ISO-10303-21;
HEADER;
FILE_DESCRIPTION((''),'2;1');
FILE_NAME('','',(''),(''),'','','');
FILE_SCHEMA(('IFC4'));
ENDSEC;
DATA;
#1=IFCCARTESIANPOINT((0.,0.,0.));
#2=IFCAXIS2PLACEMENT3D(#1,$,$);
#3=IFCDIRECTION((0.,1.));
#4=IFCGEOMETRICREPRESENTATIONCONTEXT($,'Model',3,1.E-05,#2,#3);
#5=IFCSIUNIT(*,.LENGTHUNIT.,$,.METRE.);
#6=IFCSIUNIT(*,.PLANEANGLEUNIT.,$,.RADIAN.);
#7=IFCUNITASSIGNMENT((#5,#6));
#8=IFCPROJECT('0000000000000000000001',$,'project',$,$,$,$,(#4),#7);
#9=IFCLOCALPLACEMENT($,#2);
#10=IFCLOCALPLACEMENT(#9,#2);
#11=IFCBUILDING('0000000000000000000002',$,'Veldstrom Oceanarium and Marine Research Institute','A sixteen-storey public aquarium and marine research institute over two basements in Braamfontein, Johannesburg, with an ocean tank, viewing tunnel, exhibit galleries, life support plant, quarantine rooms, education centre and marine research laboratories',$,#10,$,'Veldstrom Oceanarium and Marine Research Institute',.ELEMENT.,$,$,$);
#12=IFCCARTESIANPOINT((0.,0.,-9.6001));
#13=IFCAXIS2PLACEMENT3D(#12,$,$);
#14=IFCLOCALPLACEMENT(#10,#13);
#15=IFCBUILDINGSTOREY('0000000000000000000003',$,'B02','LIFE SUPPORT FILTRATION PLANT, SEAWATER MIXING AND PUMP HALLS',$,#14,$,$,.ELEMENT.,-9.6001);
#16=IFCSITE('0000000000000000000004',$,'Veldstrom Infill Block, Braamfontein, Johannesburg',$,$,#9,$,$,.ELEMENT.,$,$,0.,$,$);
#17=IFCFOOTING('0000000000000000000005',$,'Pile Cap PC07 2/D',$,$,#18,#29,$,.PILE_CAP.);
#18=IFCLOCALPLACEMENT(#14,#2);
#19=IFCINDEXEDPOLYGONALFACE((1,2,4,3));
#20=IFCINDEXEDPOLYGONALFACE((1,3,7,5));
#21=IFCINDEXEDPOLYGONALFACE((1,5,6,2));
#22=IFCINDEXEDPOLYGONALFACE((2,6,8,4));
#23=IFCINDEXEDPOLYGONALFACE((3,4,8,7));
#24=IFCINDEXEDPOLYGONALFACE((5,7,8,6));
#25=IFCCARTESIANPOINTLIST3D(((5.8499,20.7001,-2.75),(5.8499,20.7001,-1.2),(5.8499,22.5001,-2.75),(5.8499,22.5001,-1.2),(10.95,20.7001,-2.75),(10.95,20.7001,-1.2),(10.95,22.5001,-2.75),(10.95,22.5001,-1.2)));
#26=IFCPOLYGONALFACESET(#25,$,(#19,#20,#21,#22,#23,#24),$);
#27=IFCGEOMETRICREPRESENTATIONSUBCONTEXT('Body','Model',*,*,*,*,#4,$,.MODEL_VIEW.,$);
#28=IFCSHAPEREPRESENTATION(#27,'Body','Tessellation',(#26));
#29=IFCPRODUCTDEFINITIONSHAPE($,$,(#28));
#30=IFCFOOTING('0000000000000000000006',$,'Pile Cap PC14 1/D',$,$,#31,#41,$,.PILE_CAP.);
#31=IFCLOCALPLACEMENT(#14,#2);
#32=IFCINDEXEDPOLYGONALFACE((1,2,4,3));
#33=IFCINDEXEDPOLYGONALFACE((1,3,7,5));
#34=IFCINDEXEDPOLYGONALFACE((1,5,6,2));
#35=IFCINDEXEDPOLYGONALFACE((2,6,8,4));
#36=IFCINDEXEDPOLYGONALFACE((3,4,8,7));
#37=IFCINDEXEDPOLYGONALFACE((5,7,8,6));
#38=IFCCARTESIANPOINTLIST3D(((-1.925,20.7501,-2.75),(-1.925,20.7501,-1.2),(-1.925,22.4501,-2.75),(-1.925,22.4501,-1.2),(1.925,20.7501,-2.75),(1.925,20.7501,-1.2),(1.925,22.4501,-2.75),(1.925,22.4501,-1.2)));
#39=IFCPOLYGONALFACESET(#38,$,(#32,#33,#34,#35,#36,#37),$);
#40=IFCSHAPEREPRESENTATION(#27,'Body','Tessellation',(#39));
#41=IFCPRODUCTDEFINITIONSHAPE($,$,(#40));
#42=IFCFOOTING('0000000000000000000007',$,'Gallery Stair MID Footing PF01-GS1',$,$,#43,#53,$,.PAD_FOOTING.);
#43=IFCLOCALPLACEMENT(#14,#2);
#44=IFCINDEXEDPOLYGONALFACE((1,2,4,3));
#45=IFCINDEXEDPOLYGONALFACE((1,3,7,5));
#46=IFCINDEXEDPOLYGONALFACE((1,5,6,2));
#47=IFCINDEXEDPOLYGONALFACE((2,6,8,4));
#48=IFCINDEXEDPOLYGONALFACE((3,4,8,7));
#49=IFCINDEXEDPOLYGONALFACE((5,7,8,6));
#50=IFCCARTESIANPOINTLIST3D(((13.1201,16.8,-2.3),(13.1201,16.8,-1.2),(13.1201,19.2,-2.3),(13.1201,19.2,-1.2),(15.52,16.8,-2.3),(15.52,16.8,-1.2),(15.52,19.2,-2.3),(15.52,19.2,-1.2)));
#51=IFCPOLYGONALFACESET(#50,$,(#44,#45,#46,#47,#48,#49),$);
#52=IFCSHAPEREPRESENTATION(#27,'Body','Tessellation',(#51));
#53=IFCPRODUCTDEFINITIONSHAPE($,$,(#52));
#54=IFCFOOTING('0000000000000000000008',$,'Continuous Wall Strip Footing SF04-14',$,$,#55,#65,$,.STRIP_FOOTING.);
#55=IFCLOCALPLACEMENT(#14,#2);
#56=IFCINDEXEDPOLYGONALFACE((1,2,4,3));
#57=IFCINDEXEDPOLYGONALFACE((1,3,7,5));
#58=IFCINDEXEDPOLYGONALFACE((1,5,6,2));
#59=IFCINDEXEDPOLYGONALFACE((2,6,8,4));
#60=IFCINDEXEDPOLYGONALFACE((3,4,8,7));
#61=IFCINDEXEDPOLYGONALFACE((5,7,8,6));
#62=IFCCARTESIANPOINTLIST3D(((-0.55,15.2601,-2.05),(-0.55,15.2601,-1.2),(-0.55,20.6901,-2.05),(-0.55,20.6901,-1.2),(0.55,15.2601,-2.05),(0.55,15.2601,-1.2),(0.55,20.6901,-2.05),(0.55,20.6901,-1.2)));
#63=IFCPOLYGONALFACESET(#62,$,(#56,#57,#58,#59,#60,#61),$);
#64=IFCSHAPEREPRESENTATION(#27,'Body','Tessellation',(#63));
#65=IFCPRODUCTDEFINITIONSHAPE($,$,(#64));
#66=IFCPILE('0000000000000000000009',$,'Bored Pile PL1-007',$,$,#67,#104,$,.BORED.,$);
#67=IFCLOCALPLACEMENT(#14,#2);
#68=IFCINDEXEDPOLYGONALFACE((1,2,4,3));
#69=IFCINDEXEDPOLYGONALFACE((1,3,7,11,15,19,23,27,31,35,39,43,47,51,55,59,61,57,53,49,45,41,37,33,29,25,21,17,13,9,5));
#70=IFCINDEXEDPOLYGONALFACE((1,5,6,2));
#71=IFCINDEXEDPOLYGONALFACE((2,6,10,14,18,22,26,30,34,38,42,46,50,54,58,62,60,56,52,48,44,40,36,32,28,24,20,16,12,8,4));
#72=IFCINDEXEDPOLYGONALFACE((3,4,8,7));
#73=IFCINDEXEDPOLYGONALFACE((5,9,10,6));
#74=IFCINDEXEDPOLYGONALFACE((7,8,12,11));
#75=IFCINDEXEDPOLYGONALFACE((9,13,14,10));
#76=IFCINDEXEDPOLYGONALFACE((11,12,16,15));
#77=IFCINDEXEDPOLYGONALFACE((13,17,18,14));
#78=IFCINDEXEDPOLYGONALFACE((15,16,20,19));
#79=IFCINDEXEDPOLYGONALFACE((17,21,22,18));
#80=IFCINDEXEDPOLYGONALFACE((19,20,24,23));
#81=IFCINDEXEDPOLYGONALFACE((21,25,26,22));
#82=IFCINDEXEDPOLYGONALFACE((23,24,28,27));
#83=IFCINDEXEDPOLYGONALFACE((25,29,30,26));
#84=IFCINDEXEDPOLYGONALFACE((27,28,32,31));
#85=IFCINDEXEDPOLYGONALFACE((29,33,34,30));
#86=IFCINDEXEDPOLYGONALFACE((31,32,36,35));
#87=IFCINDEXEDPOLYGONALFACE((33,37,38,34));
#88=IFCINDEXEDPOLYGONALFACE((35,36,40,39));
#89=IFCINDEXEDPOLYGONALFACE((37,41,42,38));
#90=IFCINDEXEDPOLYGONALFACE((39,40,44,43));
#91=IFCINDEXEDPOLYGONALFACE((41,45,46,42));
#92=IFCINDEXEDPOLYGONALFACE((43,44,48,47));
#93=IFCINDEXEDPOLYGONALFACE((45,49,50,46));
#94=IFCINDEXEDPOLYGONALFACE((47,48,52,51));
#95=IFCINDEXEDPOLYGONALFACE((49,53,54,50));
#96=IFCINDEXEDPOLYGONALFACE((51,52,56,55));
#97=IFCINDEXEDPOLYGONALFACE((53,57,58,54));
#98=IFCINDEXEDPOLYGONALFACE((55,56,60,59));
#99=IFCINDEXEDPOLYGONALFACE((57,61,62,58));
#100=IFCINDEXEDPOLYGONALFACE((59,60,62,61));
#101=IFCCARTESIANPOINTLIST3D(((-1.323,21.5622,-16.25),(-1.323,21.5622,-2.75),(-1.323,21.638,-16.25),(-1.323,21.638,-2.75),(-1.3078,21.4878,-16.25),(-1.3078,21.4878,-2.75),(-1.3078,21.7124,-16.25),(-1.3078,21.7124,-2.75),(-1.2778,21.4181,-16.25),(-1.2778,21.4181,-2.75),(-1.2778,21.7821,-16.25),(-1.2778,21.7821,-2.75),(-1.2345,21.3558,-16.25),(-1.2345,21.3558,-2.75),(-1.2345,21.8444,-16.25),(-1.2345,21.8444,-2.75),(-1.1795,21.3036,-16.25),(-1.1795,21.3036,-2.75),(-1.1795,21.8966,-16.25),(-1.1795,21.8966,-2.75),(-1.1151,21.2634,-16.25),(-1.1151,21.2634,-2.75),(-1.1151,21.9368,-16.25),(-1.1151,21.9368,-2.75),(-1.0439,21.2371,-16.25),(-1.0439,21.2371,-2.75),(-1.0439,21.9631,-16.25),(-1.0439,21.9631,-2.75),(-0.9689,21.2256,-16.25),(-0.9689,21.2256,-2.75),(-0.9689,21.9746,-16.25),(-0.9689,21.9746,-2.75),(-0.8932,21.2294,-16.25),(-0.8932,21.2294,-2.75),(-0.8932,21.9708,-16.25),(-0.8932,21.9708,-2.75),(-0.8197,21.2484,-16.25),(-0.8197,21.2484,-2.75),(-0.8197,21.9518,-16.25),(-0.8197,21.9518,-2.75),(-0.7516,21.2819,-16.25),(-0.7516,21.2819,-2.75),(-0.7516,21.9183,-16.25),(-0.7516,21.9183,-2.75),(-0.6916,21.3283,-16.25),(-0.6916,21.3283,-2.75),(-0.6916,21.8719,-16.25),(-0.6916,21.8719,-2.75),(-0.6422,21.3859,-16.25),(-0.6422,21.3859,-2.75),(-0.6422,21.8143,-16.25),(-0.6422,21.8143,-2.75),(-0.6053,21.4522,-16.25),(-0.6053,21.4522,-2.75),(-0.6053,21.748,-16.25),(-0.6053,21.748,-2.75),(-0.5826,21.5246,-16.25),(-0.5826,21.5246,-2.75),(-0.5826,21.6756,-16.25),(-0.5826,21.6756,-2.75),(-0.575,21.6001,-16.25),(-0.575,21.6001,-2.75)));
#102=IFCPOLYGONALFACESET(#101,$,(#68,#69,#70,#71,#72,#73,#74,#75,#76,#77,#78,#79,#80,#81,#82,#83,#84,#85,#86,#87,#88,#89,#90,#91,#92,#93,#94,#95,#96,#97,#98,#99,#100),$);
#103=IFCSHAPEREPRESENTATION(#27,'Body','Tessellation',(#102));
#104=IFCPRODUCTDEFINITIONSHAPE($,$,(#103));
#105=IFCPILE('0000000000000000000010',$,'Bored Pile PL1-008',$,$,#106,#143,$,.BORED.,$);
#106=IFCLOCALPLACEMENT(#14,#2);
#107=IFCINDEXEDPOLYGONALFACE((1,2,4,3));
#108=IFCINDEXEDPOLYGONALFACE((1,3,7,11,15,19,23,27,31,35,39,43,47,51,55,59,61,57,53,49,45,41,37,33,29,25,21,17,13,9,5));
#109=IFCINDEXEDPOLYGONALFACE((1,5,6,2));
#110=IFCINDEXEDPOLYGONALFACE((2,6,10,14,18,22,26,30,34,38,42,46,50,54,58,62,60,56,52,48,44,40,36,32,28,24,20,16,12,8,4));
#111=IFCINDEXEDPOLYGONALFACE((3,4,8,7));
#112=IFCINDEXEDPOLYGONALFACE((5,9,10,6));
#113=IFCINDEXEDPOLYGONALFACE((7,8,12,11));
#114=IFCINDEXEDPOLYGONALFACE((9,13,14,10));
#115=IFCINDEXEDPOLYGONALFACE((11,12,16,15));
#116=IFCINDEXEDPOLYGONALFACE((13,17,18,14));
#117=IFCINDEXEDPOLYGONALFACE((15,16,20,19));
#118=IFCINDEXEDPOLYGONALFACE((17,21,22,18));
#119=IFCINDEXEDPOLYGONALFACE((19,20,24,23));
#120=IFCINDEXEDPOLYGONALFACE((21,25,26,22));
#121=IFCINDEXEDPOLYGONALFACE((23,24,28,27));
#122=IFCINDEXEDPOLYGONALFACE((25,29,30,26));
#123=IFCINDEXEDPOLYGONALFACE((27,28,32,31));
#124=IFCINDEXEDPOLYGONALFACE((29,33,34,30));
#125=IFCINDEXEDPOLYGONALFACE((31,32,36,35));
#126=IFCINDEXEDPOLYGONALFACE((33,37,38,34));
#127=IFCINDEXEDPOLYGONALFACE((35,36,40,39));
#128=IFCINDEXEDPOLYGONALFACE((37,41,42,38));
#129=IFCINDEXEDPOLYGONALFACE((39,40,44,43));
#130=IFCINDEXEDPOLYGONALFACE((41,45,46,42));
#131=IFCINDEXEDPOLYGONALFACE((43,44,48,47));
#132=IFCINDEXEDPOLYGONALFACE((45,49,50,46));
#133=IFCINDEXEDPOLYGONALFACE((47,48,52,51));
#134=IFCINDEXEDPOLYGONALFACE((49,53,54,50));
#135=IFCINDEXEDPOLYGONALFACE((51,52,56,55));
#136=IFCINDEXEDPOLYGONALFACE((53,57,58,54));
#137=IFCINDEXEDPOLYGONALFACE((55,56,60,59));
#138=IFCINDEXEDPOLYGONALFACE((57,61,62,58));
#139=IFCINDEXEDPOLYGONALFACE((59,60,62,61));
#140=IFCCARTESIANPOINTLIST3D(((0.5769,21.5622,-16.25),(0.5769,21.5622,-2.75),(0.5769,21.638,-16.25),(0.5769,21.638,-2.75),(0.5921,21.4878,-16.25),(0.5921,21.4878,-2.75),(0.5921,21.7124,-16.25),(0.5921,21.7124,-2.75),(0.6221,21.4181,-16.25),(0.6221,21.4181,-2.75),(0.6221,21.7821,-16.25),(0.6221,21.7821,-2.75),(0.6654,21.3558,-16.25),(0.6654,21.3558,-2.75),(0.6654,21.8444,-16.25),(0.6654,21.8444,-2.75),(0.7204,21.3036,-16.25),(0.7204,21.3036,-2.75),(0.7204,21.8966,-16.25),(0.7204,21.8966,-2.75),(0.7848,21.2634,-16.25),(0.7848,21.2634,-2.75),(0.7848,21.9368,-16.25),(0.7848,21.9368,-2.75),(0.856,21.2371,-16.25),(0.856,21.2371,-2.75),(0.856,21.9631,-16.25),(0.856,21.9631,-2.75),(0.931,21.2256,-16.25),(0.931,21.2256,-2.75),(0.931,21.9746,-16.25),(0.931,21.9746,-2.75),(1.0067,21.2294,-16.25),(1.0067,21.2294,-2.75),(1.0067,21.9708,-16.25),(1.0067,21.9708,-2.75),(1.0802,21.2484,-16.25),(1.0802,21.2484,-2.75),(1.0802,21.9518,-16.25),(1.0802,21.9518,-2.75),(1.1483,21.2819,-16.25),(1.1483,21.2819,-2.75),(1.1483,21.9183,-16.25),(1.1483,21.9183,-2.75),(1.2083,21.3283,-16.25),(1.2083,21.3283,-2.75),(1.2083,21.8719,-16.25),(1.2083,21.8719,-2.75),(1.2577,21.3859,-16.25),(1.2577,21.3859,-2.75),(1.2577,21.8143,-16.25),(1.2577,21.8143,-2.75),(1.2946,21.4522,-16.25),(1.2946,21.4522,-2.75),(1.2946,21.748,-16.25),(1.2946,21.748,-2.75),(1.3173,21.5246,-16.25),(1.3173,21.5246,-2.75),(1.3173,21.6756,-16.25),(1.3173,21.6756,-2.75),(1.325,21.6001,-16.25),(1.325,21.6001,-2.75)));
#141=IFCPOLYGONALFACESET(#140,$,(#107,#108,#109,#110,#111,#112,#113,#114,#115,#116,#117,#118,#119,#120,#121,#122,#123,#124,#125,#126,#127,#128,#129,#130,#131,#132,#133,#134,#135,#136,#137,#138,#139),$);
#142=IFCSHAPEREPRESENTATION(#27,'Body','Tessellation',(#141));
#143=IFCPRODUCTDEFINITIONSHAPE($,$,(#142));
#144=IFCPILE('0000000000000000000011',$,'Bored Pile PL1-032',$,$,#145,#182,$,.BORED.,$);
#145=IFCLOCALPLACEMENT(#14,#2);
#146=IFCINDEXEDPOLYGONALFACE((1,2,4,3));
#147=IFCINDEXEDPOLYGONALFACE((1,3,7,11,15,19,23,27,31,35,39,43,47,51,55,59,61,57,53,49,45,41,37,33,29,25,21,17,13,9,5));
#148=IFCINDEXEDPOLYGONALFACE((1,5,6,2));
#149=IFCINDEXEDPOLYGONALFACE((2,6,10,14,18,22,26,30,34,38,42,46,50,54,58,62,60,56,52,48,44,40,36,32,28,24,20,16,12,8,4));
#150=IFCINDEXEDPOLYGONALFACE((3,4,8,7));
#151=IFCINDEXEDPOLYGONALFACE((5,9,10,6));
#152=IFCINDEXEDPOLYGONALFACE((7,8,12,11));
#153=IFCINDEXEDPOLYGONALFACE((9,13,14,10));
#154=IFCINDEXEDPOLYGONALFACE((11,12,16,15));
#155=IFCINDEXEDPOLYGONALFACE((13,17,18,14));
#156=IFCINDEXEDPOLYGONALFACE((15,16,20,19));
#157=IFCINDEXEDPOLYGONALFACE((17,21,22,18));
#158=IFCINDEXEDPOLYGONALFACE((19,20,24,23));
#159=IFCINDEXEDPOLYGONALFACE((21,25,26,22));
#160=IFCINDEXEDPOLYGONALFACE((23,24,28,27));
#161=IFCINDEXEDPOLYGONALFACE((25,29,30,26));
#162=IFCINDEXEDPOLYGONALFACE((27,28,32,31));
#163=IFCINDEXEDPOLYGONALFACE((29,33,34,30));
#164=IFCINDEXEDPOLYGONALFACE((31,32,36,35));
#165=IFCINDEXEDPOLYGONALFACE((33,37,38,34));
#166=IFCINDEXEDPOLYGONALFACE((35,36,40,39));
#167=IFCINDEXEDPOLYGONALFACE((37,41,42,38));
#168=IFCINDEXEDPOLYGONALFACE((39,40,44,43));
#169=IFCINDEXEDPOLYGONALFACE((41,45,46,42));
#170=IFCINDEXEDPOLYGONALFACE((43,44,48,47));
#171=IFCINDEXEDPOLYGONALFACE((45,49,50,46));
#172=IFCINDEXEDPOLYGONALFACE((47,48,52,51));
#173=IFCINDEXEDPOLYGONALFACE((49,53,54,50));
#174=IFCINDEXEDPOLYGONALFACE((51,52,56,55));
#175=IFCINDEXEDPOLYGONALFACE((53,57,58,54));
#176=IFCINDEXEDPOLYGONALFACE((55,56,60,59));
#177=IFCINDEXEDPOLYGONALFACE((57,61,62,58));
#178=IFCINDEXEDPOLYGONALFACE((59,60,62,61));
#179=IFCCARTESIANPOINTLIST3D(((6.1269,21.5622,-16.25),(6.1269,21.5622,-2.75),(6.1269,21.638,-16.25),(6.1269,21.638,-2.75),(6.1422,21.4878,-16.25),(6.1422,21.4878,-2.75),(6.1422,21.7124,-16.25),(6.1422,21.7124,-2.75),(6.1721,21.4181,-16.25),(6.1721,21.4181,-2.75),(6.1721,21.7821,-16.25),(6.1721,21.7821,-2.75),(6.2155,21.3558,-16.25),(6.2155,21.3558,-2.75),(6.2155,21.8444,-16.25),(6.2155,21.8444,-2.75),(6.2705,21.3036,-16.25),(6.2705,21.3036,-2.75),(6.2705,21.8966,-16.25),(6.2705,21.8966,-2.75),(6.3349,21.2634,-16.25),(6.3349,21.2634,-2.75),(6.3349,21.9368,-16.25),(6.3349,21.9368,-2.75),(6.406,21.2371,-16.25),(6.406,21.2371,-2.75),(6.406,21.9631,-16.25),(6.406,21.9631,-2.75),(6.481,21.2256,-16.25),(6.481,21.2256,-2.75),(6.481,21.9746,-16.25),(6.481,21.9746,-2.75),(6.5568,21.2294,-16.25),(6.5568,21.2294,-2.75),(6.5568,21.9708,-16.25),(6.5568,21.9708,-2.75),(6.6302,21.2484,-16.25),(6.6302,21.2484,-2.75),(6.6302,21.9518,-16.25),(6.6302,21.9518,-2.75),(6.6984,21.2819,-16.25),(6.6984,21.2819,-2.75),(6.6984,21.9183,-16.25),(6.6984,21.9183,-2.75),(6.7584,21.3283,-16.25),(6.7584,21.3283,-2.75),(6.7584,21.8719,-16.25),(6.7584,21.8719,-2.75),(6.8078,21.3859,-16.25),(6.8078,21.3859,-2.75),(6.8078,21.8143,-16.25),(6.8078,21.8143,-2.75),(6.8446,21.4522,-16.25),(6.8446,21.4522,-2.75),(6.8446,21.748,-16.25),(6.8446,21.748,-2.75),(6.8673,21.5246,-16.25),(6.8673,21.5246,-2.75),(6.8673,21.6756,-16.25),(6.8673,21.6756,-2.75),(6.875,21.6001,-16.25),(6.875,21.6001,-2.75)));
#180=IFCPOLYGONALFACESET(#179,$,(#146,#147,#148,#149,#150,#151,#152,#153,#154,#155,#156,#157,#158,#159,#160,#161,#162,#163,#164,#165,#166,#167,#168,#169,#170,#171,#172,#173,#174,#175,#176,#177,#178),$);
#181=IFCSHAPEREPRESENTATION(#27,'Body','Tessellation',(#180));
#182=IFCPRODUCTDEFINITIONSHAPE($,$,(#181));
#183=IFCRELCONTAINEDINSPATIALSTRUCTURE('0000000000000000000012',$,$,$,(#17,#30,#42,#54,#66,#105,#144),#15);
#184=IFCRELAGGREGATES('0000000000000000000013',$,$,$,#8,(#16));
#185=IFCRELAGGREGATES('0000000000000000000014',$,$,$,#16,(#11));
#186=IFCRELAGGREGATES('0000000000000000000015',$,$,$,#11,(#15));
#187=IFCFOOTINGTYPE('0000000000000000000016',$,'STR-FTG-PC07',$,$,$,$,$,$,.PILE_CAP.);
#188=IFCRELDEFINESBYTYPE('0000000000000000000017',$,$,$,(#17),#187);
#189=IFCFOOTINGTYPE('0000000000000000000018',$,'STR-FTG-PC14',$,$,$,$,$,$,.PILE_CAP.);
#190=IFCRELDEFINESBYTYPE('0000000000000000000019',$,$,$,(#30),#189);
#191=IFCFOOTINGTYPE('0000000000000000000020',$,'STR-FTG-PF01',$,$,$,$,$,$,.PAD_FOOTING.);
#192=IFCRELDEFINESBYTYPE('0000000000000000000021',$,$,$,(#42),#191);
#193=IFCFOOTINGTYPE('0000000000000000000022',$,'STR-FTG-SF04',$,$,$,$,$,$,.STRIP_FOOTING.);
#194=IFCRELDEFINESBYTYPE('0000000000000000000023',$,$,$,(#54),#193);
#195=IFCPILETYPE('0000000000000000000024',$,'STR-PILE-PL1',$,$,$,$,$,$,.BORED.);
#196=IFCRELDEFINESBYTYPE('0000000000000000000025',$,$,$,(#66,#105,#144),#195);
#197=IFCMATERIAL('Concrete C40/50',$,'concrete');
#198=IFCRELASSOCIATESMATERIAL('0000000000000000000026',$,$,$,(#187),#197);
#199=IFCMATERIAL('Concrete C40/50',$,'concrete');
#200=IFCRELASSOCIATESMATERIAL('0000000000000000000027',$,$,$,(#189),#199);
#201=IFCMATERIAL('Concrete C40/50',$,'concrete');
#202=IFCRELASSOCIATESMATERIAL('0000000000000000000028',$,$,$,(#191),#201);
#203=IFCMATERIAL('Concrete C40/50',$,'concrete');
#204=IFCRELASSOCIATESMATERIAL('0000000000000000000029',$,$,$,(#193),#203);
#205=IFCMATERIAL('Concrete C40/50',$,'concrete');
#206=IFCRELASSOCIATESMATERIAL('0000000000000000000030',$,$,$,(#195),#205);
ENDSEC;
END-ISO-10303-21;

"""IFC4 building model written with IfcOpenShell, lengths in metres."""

from ifc_helpers import new_model, si_unit, direction, frame, origin, origin_2d, place, context, subcontext, project, spatial, rectangle, circle, extrude, material, material_profile, profile_set, type_object, element, save


model = new_model("IFC4")

# Units and contexts
model_context = context("Model", 3, precision=1e-05, world=origin(), true_north=direction((0.0, 1.0)))
body_context = subcontext(model_context, "Body", "Model", "MODEL_VIEW")
ifc_project = project(units=[si_unit("LENGTHUNIT", "METRE"), si_unit("PLANEANGLEUNIT", "RADIAN")], contexts=[model_context])

# Site, building, storey
site_placement = place(None, origin())
site = spatial("IfcSite", under=ifc_project, at=site_placement, Name="Veldstrom Infill Block, Braamfontein, Johannesburg", CompositionType="ELEMENT", RefElevation=0.0)
building_placement = place(site_placement, origin())
building = spatial("IfcBuilding", under=site, at=building_placement, Name="Veldstrom Oceanarium and Marine Research Institute", Description="A sixteen-storey public aquarium and marine research institute over two basements in Braamfontein, Johannesburg, with an ocean tank, viewing tunnel, exhibit galleries, life support plant, quarantine rooms, education centre and marine research laboratories", LongName="Veldstrom Oceanarium and Marine Research Institute", CompositionType="ELEMENT")
storey_placement = place(building_placement, frame((0.0, 0.0, -9.6001)))
storey = spatial("IfcBuildingStorey", under=building, at=storey_placement, Name="B02", Description="LIFE SUPPORT FILTRATION PLANT, SEAWATER MIXING AND PUMP HALLS", CompositionType="ELEMENT", Elevation=-9.6001)

# Footings
ifc_material_1 = material(Name="Concrete C40/50", Category="concrete")
footing_type_1 = type_object("IfcFootingType", Name="STR-FTG-PC07", PredefinedType="PILE_CAP", material=ifc_material_1)
footing_1_placement = place(storey_placement, frame((8.3999, 21.6001, -2.75), z_axis=(0.0, 0.0, 1.0), x_axis=(1.0, 0.0, 0.0)))
element("IfcFooting", 1, at=footing_1_placement, inside=storey, type_object=footing_type_1, Name="Pile Cap PC07 2/D", PredefinedType="PILE_CAP", context=body_context, shape_type="SweptSolid", body=[
    extrude(rectangle(XDim=5.1001, YDim=1.8, at=origin_2d()), origin(), (0.0, 0.0, 1.0), 1.55),
])
ifc_material_2 = material(Name="Concrete C40/50", Category="concrete")
footing_type_2 = type_object("IfcFootingType", Name="STR-FTG-PC14", PredefinedType="PILE_CAP", material=ifc_material_2)
footing_2_placement = place(storey_placement, frame((0.0, 21.6001, -2.75), z_axis=(0.0, 0.0, 1.0), x_axis=(1.0, 0.0, 0.0)))
element("IfcFooting", 2, at=footing_2_placement, inside=storey, type_object=footing_type_2, Name="Pile Cap PC14 1/D", PredefinedType="PILE_CAP", context=body_context, shape_type="SweptSolid", body=[
    extrude(rectangle(XDim=3.8501, YDim=1.7, at=origin_2d()), origin(), (0.0, 0.0, 1.0), 1.55),
])
ifc_material_3 = material(Name="Concrete C40/50", Category="concrete")
footing_type_3 = type_object("IfcFootingType", Name="STR-FTG-PF01", PredefinedType="PAD_FOOTING", material=ifc_material_3)
footing_3_placement = place(storey_placement, frame((14.3201, 18.0, -2.3), z_axis=(0.0, 0.0, 1.0), x_axis=(1.0, 0.0, 0.0)))
element("IfcFooting", 3, at=footing_3_placement, inside=storey, type_object=footing_type_3, Name="Gallery Stair MID Footing PF01-GS1", PredefinedType="PAD_FOOTING", context=body_context, shape_type="SweptSolid", body=[
    extrude(rectangle(XDim=2.3999, YDim=2.3999, at=origin_2d()), origin(), (0.0, 0.0, 1.0), 1.1001),
])
ifc_material_4 = material(Name="Concrete C40/50", Category="concrete")
footing_type_4 = type_object("IfcFootingType", Name="STR-FTG-SF04", PredefinedType="STRIP_FOOTING", material=ifc_material_4)
footing_4_placement = place(storey_placement, frame((0.0, 17.9751, -2.05), z_axis=(0.0, 0.0, 1.0), x_axis=(0.0, 1.0, 0.0)))
element("IfcFooting", 4, at=footing_4_placement, inside=storey, type_object=footing_type_4, Name="Continuous Wall Strip Footing SF04-14", PredefinedType="STRIP_FOOTING", context=body_context, shape_type="SweptSolid", body=[
    extrude(rectangle(XDim=5.4299, YDim=1.1001, at=origin_2d()), origin(), (0.0, 0.0, 1.0), 0.8501),
])

# Piles
ifc_material_5 = material(Name="Concrete C40/50", Category="concrete")
ifc_material_profile_1 = material_profile(ifc_material_5, circle(Radius=0.375, at=origin_2d()), Name="PILE-D750")
ifc_profile_set_1 = profile_set([ifc_material_profile_1], Name="Concrete C40/50")
pile_type = type_object("IfcPileType", Name="STR-PILE-PL1", PredefinedType="BORED", material=ifc_profile_set_1)
for number, where, z_axis, x_axis, name in (
    (5, (-0.95, 21.6001, -2.75), (0.0, 0.0, -1.0), (1.0, 0.0, 0.0), "Bored Pile PL1-007"),
    (6, (0.95, 21.6001, -2.75), (0.0, 0.0, -1.0), (1.0, 0.0, 0.0), "Bored Pile PL1-008"),
    (7, (6.5, 21.6001, -2.75), (0.0, 0.0, -1.0), (1.0, 0.0, 0.0), "Bored Pile PL1-032"),
):
    element("IfcPile", number, at=place(storey_placement, frame(where, z_axis=z_axis, x_axis=x_axis)), inside=storey, type_object=pile_type, Name=name, PredefinedType="BORED", context=body_context, shape_type="SweptSolid", body=[
        extrude(circle(Radius=0.375, at=origin_2d()), origin(), (0.0, 0.0, 1.0), 13.5),
    ])

save(model, "model.ifc")
